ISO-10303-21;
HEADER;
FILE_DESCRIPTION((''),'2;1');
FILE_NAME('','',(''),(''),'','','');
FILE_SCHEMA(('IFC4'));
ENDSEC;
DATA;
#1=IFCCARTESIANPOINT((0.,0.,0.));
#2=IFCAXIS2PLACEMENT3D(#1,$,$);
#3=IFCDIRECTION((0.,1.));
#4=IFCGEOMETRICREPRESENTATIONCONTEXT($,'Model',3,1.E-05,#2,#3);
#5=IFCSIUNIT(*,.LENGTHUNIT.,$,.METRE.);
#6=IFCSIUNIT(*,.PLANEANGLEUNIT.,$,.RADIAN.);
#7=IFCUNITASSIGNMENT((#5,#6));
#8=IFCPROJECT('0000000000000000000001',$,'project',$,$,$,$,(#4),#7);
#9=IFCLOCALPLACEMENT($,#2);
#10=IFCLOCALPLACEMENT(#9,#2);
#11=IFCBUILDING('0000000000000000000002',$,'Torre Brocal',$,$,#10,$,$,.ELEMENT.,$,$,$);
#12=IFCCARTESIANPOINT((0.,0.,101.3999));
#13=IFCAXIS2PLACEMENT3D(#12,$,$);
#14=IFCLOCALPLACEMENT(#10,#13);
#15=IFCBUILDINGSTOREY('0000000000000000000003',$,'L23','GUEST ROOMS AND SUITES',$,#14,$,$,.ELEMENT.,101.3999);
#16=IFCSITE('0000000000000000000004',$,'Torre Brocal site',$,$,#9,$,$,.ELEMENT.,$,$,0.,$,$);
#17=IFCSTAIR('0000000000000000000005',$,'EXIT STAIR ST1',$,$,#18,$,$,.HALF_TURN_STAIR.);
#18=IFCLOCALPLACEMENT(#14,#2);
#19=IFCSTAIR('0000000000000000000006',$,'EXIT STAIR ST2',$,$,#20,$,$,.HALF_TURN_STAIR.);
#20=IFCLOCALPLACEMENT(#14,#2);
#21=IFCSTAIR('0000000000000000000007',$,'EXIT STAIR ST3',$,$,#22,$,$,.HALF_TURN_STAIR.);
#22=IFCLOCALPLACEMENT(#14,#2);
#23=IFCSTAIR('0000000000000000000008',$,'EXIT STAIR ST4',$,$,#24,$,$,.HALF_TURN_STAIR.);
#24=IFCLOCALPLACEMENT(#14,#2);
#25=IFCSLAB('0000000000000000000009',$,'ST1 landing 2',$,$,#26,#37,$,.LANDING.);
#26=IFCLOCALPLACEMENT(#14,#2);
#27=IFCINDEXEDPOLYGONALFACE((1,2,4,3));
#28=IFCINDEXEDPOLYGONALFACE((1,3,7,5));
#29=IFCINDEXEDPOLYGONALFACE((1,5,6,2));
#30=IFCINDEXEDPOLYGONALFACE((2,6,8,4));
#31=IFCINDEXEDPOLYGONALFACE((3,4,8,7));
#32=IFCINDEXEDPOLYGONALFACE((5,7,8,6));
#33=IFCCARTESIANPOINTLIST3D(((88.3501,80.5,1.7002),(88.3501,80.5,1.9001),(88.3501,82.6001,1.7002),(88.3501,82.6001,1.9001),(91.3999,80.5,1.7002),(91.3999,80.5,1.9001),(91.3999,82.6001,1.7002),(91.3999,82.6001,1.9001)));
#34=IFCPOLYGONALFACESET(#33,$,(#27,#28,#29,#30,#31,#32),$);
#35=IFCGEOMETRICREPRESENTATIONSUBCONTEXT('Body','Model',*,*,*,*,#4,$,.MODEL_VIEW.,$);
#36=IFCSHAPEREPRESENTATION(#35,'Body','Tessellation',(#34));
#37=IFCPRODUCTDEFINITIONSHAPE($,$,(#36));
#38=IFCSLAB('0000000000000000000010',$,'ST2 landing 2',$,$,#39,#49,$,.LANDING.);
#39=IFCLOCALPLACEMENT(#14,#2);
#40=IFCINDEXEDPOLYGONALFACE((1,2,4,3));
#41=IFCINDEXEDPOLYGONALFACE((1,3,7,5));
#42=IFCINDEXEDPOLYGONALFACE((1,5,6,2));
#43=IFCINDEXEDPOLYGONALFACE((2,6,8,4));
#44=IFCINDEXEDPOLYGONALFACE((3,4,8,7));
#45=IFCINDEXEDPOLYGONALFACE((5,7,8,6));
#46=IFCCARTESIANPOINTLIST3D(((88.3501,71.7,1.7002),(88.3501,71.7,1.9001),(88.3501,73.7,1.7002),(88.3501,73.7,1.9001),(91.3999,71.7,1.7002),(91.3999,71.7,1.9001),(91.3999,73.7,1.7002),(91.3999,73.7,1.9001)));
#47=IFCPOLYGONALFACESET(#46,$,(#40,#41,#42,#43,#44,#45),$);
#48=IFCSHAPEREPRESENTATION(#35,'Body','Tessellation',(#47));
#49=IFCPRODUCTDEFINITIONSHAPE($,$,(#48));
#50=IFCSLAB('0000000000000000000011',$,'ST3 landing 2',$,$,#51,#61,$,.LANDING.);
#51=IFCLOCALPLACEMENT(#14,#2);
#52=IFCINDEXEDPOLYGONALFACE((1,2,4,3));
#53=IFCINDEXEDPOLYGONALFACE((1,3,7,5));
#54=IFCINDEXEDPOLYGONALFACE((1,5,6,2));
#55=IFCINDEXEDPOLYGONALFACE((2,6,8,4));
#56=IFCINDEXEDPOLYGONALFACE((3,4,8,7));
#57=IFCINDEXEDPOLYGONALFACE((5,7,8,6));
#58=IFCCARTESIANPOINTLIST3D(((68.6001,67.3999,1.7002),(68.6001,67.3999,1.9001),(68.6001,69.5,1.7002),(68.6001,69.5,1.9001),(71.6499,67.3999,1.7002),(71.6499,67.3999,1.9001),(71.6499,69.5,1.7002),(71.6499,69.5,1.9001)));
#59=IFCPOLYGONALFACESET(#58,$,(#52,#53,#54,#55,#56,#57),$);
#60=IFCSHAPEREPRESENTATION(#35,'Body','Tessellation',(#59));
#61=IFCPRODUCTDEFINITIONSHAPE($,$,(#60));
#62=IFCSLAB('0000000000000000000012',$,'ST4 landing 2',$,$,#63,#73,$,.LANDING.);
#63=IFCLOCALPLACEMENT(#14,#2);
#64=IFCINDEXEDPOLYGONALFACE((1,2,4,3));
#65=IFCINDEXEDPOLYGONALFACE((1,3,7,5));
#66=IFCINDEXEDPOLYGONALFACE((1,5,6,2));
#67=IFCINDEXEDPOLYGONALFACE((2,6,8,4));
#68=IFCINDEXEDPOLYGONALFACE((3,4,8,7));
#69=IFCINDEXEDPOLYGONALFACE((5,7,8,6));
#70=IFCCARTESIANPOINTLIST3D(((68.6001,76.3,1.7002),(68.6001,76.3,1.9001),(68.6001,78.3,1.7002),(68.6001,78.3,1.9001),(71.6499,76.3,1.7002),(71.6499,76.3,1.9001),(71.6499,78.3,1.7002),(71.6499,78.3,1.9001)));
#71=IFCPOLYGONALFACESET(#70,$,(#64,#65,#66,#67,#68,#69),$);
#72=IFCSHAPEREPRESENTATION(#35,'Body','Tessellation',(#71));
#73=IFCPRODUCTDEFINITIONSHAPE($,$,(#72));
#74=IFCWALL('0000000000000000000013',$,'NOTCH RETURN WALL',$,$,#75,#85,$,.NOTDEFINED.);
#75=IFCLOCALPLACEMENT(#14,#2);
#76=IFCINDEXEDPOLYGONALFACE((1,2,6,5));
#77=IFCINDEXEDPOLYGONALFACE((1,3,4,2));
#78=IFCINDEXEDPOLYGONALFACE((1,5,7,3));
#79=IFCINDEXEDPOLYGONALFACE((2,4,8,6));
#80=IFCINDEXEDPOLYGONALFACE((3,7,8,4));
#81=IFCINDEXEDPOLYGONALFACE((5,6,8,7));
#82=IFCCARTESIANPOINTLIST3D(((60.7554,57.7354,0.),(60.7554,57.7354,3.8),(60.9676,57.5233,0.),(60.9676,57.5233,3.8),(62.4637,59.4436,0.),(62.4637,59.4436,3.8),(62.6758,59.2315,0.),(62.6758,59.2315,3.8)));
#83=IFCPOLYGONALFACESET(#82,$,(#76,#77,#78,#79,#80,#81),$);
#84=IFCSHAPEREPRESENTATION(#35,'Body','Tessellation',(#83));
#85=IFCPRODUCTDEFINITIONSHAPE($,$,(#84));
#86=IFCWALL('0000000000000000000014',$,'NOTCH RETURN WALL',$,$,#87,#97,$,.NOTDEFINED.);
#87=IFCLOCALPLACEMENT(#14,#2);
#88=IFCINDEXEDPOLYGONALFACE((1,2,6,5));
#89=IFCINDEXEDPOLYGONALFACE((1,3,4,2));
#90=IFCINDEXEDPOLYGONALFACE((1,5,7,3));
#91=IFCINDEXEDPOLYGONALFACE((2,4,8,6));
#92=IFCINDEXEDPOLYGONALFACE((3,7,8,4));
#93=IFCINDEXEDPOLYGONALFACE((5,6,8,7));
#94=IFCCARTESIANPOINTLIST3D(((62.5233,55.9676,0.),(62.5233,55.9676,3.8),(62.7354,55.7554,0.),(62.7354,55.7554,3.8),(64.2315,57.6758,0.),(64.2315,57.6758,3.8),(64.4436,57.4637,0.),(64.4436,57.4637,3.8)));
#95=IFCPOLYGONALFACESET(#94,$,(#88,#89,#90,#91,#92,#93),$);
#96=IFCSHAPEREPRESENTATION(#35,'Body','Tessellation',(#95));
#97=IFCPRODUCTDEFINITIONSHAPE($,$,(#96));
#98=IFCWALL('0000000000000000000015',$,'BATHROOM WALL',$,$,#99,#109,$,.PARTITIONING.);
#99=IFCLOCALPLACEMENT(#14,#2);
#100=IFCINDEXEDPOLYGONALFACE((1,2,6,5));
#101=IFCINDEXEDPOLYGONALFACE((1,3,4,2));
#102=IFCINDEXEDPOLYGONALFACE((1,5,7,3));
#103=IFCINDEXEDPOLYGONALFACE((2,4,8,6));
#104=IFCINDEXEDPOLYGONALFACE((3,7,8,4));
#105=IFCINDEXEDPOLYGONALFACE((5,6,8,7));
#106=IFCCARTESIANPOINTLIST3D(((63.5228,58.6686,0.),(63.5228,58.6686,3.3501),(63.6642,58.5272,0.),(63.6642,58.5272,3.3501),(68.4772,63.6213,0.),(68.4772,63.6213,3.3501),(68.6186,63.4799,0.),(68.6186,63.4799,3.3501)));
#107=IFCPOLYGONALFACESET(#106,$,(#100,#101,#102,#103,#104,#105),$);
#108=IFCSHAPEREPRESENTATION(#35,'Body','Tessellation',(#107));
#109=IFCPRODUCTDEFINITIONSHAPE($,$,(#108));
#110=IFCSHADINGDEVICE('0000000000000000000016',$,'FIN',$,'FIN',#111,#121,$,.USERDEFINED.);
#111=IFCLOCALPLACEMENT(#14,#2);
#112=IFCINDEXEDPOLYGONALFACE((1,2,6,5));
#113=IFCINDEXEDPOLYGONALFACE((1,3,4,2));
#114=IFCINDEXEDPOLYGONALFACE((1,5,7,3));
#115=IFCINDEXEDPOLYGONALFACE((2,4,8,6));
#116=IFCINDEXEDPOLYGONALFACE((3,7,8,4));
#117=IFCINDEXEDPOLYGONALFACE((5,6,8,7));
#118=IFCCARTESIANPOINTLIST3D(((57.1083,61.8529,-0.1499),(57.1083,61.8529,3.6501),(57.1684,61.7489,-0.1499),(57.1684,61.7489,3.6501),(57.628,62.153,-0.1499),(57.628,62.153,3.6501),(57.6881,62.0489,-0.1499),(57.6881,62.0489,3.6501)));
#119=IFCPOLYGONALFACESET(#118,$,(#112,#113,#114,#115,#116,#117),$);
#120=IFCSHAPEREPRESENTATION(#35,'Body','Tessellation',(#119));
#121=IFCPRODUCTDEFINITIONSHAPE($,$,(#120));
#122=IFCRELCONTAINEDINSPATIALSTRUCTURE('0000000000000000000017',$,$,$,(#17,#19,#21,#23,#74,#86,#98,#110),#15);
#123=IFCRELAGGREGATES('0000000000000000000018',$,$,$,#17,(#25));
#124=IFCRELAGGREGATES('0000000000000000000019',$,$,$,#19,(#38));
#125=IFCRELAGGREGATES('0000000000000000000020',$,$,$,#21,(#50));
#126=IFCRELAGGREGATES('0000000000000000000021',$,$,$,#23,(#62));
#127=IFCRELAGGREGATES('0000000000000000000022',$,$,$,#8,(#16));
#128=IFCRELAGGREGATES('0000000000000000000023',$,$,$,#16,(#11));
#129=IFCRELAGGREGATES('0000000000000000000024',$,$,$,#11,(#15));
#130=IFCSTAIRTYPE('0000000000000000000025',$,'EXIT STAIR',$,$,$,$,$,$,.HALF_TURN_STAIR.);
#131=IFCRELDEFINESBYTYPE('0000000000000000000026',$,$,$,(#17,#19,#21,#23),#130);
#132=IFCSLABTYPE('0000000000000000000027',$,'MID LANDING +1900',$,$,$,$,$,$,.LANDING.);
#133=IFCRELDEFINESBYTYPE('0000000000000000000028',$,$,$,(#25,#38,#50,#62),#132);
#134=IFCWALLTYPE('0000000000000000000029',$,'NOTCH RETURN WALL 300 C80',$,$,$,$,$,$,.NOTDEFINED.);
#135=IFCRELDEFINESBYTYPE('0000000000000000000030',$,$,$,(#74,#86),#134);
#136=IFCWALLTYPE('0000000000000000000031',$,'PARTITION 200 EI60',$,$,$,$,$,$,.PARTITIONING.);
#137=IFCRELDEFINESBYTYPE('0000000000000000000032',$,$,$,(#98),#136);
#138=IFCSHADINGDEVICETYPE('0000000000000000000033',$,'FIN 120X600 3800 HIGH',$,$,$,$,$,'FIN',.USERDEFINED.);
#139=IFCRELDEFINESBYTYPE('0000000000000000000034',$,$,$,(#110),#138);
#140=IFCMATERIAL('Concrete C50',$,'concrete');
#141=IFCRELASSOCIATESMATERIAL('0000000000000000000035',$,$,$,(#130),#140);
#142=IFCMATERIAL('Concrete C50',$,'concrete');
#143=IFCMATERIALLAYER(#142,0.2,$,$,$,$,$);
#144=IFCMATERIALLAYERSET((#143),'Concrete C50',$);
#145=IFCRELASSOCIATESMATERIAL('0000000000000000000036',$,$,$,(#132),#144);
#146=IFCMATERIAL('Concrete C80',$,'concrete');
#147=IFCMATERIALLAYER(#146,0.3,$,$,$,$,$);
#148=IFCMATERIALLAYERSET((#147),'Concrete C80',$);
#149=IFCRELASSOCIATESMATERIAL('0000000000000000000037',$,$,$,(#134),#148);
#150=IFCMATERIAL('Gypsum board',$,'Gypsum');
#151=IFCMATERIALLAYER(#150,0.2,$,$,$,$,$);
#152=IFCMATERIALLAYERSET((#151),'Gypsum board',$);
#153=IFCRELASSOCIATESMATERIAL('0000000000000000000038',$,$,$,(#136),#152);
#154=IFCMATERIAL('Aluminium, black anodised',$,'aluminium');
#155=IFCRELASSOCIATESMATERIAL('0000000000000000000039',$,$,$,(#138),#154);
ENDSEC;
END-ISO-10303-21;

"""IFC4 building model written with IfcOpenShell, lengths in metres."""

from ifc_helpers import new_model, si_unit, direction, frame, frame_2d, origin, origin_2d, place, context, subcontext, project, spatial, polyline, rectangle, outline, extrude, material, layer, layer_set, material_profile, profile_set, type_object, element, aggregate, save


model = new_model("IFC4")

# Units and contexts
model_context = context("Model", 3, precision=1e-05, world=origin(), true_north=direction((0.0, 1.0)))
body_context = subcontext(model_context, "Body", "Model", "MODEL_VIEW")
ifc_project = project(units=[si_unit("LENGTHUNIT", "METRE"), si_unit("PLANEANGLEUNIT", "RADIAN")], contexts=[model_context])

# Site, building, storey
site_placement = place(None, origin())
site = spatial("IfcSite", under=ifc_project, at=site_placement, Name="Torre Brocal site", CompositionType="ELEMENT", RefElevation=0.0)
building_placement = place(site_placement, origin())
building = spatial("IfcBuilding", under=site, at=building_placement, Name="Torre Brocal", CompositionType="ELEMENT")
storey_placement = place(building_placement, frame((0.0, 0.0, 101.3999)))
storey = spatial("IfcBuildingStorey", under=building, at=storey_placement, Name="L23", Description="GUEST ROOMS AND SUITES", CompositionType="ELEMENT", Elevation=101.3999)

# Stairs
ifc_material_1 = material(Name="Concrete C50", Category="concrete")
stair_type = type_object("IfcStairType", Name="EXIT STAIR", PredefinedType="HALF_TURN_STAIR", material=ifc_material_1)
stair_1_placement = place(storey_placement, origin())
stair_1 = element("IfcStair", 1, at=stair_1_placement, inside=storey, type_object=stair_type, Name="EXIT STAIR ST1", PredefinedType="HALF_TURN_STAIR")
stair_2_placement = place(storey_placement, origin())
stair_2 = element("IfcStair", 2, at=stair_2_placement, inside=storey, type_object=stair_type, Name="EXIT STAIR ST2", PredefinedType="HALF_TURN_STAIR")
stair_3_placement = place(storey_placement, origin())
stair_3 = element("IfcStair", 3, at=stair_3_placement, inside=storey, type_object=stair_type, Name="EXIT STAIR ST3", PredefinedType="HALF_TURN_STAIR")
stair_4_placement = place(storey_placement, origin())
stair_4 = element("IfcStair", 4, at=stair_4_placement, inside=storey, type_object=stair_type, Name="EXIT STAIR ST4", PredefinedType="HALF_TURN_STAIR")

# Slabs
ifc_material_2 = material(Name="Concrete C50", Category="concrete")
ifc_layer_1 = layer(ifc_material_2, 0.2)
ifc_layer_set_1 = layer_set([ifc_layer_1], Name="Concrete C50")
slab_type_1 = type_object("IfcSlabType", Name="MID LANDING +1900", PredefinedType="LANDING", material=ifc_layer_set_1)
slab_1_placement = place(storey_placement, frame((0.0, 0.0, 1.7002)))
slab_1 = element("IfcSlab", 5, at=slab_1_placement, type_object=slab_type_1, Name="ST1 landing 2", PredefinedType="LANDING", context=body_context, shape_type="SweptSolid", body=[
    extrude(outline(polyline([(88.3501, 80.5), (91.3999, 80.5), (91.3999, 82.6001), (88.3501, 82.6001), (88.3501, 80.5)])), origin(), (0.0, 0.0, 1.0), 0.2),
])
aggregate(stair_1, [slab_1])
slab_2_placement = place(storey_placement, frame((0.0, 0.0, 1.7002)))
slab_2 = element("IfcSlab", 6, at=slab_2_placement, type_object=slab_type_1, Name="ST2 landing 2", PredefinedType="LANDING", context=body_context, shape_type="SweptSolid", body=[
    extrude(outline(polyline([(88.3501, 71.7), (91.3999, 71.7), (91.3999, 73.7), (88.3501, 73.7), (88.3501, 71.7)])), origin(), (0.0, 0.0, 1.0), 0.2),
])
aggregate(stair_2, [slab_2])
slab_3_placement = place(storey_placement, frame((0.0, 0.0, 1.7002)))
slab_3 = element("IfcSlab", 7, at=slab_3_placement, type_object=slab_type_1, Name="ST3 landing 2", PredefinedType="LANDING", context=body_context, shape_type="SweptSolid", body=[
    extrude(outline(polyline([(71.6499, 69.5), (68.6001, 69.5), (68.6001, 67.3999), (71.6499, 67.3999), (71.6499, 69.5)])), origin(), (0.0, 0.0, 1.0), 0.2),
])
aggregate(stair_3, [slab_3])
slab_4_placement = place(storey_placement, frame((0.0, 0.0, 1.7002)))
slab_4 = element("IfcSlab", 8, at=slab_4_placement, type_object=slab_type_1, Name="ST4 landing 2", PredefinedType="LANDING", context=body_context, shape_type="SweptSolid", body=[
    extrude(outline(polyline([(71.6499, 78.3), (68.6001, 78.3), (68.6001, 76.3), (71.6499, 76.3), (71.6499, 78.3)])), origin(), (0.0, 0.0, 1.0), 0.2),
])
aggregate(stair_4, [slab_4])

# Walls
ifc_material_3 = material(Name="Concrete C80", Category="concrete")
ifc_layer_2 = layer(ifc_material_3, 0.3)
ifc_layer_set_2 = layer_set([ifc_layer_2], Name="Concrete C80")
wall_type_1 = type_object("IfcWallType", Name="NOTCH RETURN WALL 300 C80", PredefinedType="NOTDEFINED", material=ifc_layer_set_2)
for number, where, z_axis, x_axis, name in (
    (9, (62.5698, 59.3376, 0.0), (0.0, 0.0, 1.0), (-0.707107, -0.707107, 0.0), "NOTCH RETURN WALL"),
    (10, (64.3376, 57.5698, 0.0), (0.0, 0.0, 1.0), (-0.707107, -0.707107, 0.0), "NOTCH RETURN WALL"),
):
    element("IfcWall", number, at=place(storey_placement, frame(where, z_axis=z_axis, x_axis=x_axis)), inside=storey, type_object=wall_type_1, Name=name, PredefinedType="NOTDEFINED", context=body_context, shape_type="SweptSolid", body=[
        extrude(rectangle(XDim=2.4158, YDim=0.3, at=frame_2d((1.208, 0.0))), origin(), (0.0, 0.0, 1.0), 3.8),
    ])
ifc_material_4 = material(Name="Gypsum board", Category="Gypsum")
ifc_layer_3 = layer(ifc_material_4, 0.2)
ifc_layer_set_3 = layer_set([ifc_layer_3], Name="Gypsum board")
wall_type_2 = type_object("IfcWallType", Name="PARTITION 200 EI60", PredefinedType="PARTITIONING", material=ifc_layer_set_3)
wall_placement = place(storey_placement, frame((63.5935, 58.5979, 0.0), z_axis=(0.0, 0.0, 1.0), x_axis=(0.707229, 0.706985, 0.0)))
element("IfcWall", 11, at=wall_placement, inside=storey, type_object=wall_type_2, Name="BATHROOM WALL", PredefinedType="PARTITIONING", context=body_context, shape_type="SweptSolid", body=[
    extrude(rectangle(XDim=7.0054, YDim=0.2, at=frame_2d((3.5027, 0.0))), origin(), (0.0, 0.0, 1.0), 3.3501),
])

# Shading device
ifc_material_5 = material(Name="Aluminium, black anodised", Category="aluminium")
ifc_material_profile_1 = material_profile(ifc_material_5, rectangle(XDim=0.1201, YDim=0.6001, at=origin_2d()), Name="FIN 120X600 3800 HIGH")
ifc_profile_set_1 = profile_set([ifc_material_profile_1], Name="Aluminium, black anodised")
shading_device_type = type_object("IfcShadingDeviceType", Name="FIN 120X600 3800 HIGH", ElementType="FIN", PredefinedType="USERDEFINED", material=ifc_profile_set_1)
shading_device_placement = place(storey_placement, frame((57.3982, 61.9509, -0.1499), z_axis=(0.0, 0.0, 1.0), x_axis=(0.5, -0.866025, 0.0)))
element("IfcShadingDevice", 12, at=shading_device_placement, inside=storey, type_object=shading_device_type, Name="FIN", ObjectType="FIN", PredefinedType="USERDEFINED", context=body_context, shape_type="SweptSolid", body=[
    extrude(rectangle(XDim=0.1201, YDim=0.6001, at=origin_2d()), origin(), (0.0, 0.0, 1.0), 3.8),
])

save(model, "model.ifc")
